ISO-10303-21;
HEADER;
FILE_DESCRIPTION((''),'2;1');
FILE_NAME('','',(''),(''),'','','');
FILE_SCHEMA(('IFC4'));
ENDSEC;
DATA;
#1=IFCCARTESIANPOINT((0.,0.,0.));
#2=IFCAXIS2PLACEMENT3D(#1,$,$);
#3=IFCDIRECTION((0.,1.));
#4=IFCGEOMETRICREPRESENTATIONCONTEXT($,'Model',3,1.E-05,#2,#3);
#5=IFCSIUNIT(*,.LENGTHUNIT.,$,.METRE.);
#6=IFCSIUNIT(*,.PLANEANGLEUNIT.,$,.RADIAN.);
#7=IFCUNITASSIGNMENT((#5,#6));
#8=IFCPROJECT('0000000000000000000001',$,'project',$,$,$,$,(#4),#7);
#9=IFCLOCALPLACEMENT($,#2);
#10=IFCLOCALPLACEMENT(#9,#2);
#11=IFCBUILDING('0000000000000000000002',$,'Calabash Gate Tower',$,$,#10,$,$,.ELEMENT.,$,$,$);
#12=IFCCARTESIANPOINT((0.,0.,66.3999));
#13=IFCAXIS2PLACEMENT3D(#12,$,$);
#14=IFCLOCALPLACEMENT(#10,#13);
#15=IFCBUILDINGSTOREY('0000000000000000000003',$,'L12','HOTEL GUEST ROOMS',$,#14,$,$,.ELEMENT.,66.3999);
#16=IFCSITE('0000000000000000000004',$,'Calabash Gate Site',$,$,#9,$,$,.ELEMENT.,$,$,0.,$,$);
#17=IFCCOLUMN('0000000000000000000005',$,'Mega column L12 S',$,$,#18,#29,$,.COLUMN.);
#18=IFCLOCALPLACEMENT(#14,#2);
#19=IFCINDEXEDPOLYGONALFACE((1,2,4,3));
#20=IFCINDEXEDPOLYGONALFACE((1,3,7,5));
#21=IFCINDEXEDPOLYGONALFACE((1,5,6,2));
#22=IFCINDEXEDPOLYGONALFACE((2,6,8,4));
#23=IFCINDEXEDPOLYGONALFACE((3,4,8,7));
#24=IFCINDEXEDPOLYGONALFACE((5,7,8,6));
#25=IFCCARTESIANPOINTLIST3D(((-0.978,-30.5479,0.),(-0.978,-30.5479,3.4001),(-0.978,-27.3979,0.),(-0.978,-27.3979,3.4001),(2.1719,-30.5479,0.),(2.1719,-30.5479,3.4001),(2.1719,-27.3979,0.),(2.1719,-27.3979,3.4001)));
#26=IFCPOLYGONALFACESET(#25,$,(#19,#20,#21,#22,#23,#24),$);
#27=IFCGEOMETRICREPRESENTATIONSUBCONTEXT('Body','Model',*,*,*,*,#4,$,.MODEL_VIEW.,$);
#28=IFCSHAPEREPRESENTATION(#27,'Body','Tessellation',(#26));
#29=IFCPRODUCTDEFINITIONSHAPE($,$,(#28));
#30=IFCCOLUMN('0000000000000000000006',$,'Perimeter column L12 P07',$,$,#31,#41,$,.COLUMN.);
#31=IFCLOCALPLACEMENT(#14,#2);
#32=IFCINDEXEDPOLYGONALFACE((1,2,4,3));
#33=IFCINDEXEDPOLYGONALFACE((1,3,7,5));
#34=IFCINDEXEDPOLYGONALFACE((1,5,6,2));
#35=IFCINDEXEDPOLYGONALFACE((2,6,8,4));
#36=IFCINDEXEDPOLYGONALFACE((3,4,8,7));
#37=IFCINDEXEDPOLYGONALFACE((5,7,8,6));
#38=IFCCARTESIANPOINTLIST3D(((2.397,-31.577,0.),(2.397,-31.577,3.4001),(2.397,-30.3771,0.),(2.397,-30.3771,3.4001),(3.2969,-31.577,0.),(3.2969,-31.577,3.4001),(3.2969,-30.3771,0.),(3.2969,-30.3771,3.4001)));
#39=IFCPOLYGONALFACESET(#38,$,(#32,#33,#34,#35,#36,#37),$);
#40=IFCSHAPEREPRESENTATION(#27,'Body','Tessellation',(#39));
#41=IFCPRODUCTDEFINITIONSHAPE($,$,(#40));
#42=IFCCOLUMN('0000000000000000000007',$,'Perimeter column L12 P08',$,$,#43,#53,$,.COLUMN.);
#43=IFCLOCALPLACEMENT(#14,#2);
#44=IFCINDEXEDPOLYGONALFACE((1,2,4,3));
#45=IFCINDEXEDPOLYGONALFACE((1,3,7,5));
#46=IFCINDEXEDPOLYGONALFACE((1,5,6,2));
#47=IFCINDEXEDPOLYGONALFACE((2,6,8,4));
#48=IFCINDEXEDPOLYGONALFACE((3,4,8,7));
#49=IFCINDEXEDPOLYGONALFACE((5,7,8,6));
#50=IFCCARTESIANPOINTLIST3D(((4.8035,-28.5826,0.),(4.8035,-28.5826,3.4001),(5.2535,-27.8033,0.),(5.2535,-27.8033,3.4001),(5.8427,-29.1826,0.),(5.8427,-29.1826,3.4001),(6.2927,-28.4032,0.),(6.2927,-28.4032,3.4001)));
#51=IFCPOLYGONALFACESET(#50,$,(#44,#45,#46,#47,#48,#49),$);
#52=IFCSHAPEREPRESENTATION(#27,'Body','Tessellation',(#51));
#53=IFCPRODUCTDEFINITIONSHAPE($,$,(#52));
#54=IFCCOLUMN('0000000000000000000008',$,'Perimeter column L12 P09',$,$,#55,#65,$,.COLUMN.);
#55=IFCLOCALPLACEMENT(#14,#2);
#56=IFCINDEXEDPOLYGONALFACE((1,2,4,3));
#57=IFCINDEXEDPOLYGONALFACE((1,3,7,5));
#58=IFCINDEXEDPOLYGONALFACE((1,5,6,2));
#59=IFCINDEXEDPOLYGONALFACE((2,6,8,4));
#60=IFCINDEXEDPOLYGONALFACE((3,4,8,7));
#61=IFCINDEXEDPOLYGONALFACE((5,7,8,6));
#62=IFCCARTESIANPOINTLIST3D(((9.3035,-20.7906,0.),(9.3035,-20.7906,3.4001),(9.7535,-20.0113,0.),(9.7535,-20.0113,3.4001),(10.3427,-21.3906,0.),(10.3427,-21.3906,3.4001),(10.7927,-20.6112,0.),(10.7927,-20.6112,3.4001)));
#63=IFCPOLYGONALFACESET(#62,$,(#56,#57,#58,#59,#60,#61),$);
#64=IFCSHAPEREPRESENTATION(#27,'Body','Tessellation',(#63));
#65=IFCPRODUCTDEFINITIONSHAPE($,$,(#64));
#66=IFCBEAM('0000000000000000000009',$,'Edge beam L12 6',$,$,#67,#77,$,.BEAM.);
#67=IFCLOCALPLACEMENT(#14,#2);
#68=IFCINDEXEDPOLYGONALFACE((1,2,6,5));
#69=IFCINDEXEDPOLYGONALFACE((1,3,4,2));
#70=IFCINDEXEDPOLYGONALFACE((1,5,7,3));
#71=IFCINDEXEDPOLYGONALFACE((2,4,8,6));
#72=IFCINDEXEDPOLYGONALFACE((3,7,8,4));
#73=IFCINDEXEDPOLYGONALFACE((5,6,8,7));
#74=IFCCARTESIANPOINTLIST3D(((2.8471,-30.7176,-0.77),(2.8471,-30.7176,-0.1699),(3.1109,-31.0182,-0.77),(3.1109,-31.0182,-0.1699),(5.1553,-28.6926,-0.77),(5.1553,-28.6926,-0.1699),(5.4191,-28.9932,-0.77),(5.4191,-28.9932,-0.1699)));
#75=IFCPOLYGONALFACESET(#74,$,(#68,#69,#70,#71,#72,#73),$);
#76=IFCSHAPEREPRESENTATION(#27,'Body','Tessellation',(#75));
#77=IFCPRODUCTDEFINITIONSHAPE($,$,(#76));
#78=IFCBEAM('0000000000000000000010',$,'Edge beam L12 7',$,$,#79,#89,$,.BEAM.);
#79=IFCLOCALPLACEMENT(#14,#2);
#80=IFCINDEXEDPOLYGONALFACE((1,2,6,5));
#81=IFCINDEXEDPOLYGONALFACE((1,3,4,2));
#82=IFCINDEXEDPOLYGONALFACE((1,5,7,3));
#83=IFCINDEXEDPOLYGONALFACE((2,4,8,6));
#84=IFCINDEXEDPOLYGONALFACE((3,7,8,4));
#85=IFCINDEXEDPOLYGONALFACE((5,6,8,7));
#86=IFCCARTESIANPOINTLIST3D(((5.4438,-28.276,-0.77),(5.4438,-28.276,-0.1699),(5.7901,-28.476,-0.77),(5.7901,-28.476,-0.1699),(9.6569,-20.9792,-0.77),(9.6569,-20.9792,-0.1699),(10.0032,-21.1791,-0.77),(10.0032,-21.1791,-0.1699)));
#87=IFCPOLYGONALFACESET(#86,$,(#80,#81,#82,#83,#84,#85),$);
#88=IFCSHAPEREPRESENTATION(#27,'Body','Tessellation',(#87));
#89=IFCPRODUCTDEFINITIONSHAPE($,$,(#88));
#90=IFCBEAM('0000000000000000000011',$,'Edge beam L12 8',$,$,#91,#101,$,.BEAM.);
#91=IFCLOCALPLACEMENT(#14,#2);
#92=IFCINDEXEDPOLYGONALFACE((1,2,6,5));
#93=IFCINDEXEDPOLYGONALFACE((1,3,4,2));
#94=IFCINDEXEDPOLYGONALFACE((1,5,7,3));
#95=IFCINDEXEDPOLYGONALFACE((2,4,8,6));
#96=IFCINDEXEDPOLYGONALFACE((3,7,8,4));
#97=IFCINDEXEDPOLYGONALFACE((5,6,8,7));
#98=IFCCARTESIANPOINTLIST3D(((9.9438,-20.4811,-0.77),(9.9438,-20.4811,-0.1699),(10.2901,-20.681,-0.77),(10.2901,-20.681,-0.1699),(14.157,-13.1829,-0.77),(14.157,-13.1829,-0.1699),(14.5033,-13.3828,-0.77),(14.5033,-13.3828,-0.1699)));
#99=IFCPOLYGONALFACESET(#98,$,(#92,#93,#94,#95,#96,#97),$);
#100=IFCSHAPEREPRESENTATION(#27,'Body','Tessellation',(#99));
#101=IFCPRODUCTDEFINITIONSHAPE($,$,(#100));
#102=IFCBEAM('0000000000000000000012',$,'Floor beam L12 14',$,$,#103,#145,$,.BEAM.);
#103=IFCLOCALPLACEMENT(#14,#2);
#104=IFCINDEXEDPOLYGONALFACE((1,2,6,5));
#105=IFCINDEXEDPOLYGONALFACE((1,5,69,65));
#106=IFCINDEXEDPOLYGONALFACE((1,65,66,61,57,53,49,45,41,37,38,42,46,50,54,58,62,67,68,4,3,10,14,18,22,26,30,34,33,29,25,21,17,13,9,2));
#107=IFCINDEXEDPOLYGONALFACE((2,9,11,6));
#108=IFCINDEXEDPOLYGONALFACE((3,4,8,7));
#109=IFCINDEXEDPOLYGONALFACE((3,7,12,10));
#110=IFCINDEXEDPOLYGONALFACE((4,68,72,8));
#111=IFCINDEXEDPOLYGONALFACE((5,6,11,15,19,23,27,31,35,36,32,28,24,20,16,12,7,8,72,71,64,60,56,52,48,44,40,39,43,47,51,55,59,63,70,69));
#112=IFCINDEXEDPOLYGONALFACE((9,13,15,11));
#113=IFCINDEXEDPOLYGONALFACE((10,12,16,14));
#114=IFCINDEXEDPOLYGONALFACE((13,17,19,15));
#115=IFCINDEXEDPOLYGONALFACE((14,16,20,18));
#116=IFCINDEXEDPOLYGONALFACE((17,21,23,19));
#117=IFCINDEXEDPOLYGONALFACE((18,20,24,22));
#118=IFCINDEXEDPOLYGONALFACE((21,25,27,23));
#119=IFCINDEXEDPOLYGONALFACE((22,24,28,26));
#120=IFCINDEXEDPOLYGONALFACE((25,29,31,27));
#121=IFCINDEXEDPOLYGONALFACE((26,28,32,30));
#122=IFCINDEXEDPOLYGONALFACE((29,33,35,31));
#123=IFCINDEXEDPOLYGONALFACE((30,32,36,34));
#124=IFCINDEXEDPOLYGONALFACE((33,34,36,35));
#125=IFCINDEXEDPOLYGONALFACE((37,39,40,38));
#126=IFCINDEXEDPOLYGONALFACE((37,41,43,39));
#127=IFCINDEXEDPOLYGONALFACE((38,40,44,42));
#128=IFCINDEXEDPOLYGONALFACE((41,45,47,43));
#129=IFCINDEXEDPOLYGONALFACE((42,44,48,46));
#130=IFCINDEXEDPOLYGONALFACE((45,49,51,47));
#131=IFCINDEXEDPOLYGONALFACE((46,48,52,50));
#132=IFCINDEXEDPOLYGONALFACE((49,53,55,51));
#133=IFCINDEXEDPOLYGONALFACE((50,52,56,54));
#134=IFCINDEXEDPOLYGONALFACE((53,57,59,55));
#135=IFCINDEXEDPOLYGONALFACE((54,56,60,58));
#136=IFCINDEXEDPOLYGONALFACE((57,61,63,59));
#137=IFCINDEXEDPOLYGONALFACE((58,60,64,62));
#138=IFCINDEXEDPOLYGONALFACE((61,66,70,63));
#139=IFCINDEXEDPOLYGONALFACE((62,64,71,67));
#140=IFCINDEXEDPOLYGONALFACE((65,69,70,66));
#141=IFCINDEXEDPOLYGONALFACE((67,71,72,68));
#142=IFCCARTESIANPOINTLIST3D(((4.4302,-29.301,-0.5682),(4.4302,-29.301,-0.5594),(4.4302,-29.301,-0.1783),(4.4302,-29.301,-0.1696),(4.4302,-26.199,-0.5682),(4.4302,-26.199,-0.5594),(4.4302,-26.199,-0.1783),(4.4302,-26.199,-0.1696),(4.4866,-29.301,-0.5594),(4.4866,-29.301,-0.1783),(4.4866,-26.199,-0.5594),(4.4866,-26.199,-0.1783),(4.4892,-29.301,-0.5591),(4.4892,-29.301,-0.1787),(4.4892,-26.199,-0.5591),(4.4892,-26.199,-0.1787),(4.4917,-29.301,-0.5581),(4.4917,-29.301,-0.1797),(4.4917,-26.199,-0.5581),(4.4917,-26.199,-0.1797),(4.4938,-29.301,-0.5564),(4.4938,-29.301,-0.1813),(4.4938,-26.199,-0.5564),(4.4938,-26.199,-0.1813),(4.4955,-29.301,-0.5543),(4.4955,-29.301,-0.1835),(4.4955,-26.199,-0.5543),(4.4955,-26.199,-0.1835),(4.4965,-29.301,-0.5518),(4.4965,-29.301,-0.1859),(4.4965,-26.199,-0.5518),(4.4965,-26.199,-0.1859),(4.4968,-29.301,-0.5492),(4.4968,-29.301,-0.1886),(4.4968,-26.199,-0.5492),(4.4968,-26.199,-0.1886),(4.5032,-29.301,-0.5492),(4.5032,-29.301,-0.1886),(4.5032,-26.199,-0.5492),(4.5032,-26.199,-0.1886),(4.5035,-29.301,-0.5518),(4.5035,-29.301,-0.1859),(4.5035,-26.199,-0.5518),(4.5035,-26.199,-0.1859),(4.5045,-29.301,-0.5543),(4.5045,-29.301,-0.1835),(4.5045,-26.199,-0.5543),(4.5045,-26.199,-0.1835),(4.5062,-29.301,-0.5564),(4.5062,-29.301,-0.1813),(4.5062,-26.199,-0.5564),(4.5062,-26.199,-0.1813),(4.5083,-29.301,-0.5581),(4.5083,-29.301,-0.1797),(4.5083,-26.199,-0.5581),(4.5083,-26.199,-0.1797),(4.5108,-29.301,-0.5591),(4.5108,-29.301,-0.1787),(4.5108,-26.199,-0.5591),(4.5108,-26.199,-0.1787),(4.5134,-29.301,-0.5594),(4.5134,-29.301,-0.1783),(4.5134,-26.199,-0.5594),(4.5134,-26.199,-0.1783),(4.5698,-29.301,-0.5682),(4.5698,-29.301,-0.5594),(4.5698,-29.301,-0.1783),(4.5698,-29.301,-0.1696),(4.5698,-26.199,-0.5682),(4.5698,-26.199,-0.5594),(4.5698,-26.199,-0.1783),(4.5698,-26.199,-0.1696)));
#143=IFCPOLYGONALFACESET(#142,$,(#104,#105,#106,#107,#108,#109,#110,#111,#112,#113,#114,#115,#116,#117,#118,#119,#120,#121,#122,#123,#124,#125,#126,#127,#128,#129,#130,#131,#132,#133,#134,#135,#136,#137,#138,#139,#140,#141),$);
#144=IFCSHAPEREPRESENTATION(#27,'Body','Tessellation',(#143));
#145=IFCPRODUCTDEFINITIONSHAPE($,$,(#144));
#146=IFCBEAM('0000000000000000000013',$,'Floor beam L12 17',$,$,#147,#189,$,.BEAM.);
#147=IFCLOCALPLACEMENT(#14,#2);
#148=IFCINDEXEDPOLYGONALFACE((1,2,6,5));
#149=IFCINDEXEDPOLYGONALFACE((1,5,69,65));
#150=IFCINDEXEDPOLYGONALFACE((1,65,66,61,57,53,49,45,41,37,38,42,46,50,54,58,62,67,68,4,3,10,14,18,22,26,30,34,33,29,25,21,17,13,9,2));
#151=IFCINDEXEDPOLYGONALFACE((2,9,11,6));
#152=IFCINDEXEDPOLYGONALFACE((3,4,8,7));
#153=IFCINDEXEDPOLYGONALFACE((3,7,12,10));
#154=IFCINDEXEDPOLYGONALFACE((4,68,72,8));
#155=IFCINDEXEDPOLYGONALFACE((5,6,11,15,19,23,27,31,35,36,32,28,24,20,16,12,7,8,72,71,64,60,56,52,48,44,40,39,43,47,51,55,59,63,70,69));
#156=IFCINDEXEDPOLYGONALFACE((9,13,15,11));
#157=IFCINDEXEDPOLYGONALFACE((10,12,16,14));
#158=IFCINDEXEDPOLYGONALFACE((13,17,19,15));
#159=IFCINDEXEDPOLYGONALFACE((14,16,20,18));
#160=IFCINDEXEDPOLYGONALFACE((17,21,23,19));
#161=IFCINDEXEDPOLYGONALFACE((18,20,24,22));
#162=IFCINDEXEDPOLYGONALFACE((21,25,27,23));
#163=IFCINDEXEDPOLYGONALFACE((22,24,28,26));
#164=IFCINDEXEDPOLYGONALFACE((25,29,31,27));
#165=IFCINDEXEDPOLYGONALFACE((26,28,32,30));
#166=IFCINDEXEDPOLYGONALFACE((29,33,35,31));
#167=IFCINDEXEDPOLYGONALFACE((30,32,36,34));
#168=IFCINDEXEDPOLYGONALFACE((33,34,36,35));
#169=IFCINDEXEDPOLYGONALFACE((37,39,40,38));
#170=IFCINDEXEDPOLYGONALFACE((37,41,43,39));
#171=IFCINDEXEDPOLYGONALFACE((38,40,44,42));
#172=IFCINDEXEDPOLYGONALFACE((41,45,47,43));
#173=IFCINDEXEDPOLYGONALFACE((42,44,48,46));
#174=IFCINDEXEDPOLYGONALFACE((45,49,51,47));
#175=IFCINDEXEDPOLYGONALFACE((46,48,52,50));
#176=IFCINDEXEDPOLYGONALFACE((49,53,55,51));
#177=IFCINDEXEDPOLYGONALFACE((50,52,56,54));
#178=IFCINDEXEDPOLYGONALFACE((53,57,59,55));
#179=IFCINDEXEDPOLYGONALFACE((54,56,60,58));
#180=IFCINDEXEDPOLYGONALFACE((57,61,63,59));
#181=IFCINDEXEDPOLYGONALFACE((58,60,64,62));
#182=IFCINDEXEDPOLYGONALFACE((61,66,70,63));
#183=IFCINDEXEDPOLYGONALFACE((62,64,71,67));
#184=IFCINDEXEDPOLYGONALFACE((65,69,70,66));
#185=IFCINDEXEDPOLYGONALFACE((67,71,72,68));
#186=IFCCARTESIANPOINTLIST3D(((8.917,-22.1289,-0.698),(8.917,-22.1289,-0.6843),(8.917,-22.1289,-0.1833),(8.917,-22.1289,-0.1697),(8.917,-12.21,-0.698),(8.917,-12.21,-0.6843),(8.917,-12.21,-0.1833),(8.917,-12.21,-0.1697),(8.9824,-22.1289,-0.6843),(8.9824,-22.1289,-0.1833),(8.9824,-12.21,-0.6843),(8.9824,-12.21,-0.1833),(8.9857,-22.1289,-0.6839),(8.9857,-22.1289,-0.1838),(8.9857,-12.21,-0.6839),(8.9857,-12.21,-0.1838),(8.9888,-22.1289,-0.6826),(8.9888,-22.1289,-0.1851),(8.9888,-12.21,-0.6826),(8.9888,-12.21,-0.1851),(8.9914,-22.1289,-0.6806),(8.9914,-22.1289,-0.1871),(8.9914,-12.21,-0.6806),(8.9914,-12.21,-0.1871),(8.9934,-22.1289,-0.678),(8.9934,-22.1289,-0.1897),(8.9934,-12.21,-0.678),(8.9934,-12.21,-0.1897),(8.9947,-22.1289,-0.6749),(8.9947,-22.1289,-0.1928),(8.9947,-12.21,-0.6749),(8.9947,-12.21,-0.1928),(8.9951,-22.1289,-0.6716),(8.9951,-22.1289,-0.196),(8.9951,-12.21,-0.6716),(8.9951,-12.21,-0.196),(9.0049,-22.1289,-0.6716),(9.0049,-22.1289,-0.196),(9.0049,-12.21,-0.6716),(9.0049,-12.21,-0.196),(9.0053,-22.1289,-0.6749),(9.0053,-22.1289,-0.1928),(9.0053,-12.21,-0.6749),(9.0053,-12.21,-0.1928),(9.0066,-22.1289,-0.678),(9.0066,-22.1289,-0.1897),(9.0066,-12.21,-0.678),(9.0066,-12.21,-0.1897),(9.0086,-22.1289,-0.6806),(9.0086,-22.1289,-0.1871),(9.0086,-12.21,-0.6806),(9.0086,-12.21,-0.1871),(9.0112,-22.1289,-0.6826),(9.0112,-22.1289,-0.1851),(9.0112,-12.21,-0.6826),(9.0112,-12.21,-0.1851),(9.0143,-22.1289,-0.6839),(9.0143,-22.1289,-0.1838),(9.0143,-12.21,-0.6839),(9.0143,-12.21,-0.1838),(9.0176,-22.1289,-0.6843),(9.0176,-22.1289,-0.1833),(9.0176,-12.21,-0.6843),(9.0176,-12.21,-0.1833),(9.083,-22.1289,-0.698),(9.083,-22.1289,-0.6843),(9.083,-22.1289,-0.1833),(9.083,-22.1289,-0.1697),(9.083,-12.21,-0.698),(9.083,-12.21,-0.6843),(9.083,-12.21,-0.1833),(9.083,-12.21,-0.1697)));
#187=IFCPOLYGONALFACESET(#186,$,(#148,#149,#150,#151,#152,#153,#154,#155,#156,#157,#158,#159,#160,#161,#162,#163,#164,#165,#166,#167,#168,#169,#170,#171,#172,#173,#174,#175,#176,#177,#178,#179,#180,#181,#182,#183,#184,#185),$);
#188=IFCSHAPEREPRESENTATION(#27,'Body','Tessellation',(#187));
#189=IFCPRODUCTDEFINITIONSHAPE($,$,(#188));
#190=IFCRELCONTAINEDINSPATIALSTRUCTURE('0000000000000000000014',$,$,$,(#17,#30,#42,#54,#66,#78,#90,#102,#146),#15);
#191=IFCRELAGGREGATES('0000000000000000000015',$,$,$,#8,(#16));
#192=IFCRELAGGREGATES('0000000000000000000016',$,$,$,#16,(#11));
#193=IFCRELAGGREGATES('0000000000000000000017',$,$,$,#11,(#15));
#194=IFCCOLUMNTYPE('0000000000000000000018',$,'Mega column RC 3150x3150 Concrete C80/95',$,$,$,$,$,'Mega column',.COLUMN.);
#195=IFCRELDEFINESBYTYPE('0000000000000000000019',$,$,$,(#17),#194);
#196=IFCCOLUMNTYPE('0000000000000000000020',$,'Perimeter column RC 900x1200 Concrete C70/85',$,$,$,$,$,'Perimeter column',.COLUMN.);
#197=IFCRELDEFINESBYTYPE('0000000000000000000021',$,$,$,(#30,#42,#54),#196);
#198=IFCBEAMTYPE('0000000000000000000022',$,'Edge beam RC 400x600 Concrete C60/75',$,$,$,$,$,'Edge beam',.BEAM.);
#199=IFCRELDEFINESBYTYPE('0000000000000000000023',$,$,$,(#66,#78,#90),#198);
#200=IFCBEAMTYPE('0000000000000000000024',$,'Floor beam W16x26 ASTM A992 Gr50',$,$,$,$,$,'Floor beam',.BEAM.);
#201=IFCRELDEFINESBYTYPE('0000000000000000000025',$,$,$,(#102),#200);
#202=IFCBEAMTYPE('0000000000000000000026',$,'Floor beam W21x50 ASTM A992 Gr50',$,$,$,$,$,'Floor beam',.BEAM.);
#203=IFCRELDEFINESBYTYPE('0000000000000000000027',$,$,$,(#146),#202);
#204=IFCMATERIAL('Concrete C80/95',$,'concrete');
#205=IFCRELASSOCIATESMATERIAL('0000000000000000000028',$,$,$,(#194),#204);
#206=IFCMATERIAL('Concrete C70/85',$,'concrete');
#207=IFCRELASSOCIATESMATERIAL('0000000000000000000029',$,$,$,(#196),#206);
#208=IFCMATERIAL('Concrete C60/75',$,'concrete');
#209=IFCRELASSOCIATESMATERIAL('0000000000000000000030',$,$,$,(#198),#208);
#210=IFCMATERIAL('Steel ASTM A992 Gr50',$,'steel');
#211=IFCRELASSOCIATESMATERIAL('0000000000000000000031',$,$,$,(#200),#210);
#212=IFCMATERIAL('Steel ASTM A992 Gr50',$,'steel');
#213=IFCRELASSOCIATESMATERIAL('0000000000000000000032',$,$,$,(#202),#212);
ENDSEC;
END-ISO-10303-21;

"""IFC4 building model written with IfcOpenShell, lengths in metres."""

from ifc_helpers import new_model, si_unit, direction, frame, origin, origin_2d, place, context, subcontext, project, spatial, rectangle, i_section, extrude, material, material_profile, profile_set, type_object, element, save


model = new_model("IFC4")

# Units and contexts
model_context = context("Model", 3, precision=1e-05, world=origin(), true_north=direction((0.0, 1.0)))
body_context = subcontext(model_context, "Body", "Model", "MODEL_VIEW")
ifc_project = project(units=[si_unit("LENGTHUNIT", "METRE"), si_unit("PLANEANGLEUNIT", "RADIAN")], contexts=[model_context])

# Site, building, storey
site_placement = place(None, origin())
site = spatial("IfcSite", under=ifc_project, at=site_placement, Name="Calabash Gate Site", CompositionType="ELEMENT", RefElevation=0.0)
building_placement = place(site_placement, origin())
building = spatial("IfcBuilding", under=site, at=building_placement, Name="Calabash Gate Tower", CompositionType="ELEMENT")
storey_placement = place(building_placement, frame((0.0, 0.0, 66.3999)))
storey = spatial("IfcBuildingStorey", under=building, at=storey_placement, Name="L12", Description="HOTEL GUEST ROOMS", CompositionType="ELEMENT", Elevation=66.3999)

# Columns
ifc_material_1 = material(Name="Concrete C80/95", Category="concrete")
ifc_material_profile_1 = material_profile(ifc_material_1, rectangle(XDim=3.1499, YDim=3.1499, at=origin_2d()))
ifc_profile_set_1 = profile_set([ifc_material_profile_1], Name="Concrete C80/95")
column_type_1 = type_object("IfcColumnType", Name="Mega column RC 3150x3150 Concrete C80/95", ElementType="Mega column", PredefinedType="COLUMN", material=ifc_profile_set_1)
column_placement = place(storey_placement, frame((0.5969, -28.9729, 0.0), z_axis=(0.0, 0.0, 1.0), x_axis=(0.0, 1.0, 0.0)))
element("IfcColumn", 1, at=column_placement, inside=storey, type_object=column_type_1, Name="Mega column L12 S", PredefinedType="COLUMN", context=body_context, shape_type="SweptSolid", body=[
    extrude(rectangle(XDim=3.1499, YDim=3.1499, at=origin_2d()), origin(), (0.0, 0.0, 1.0), 3.4001),
])
ifc_material_2 = material(Name="Concrete C70/85", Category="concrete")
ifc_material_profile_2 = material_profile(ifc_material_2, rectangle(XDim=0.8999, YDim=1.2, at=origin_2d()))
ifc_profile_set_2 = profile_set([ifc_material_profile_2], Name="Concrete C70/85")
column_type_2 = type_object("IfcColumnType", Name="Perimeter column RC 900x1200 Concrete C70/85", ElementType="Perimeter column", PredefinedType="COLUMN", material=ifc_profile_set_2)
for number, where, z_axis, x_axis, name in (
    (2, (2.8469, -30.9771, 0.0), (0.0, 0.0, 1.0), (1.0, 0.0, 0.0), "Perimeter column L12 P07"),
    (3, (5.5481, -28.4929, 0.0), (0.0, 0.0, 1.0), (0.5, 0.866025, 0.0), "Perimeter column L12 P08"),
    (4, (10.0481, -20.7009, 0.0), (0.0, 0.0, 1.0), (0.5, 0.866025, 0.0), "Perimeter column L12 P09"),
):
    element("IfcColumn", number, at=place(storey_placement, frame(where, z_axis=z_axis, x_axis=x_axis)), inside=storey, type_object=column_type_2, Name=name, PredefinedType="COLUMN", context=body_context, shape_type="SweptSolid", body=[
        extrude(rectangle(XDim=0.8999, YDim=1.2, at=origin_2d()), origin(), (0.0, 0.0, 1.0), 3.4001),
    ])

# Beams
ifc_material_3 = material(Name="Concrete C60/75", Category="concrete")
ifc_material_profile_3 = material_profile(ifc_material_3, rectangle(XDim=0.3999, YDim=0.6001, at=origin_2d()))
ifc_profile_set_3 = profile_set([ifc_material_profile_3], Name="Concrete C60/75")
beam_type_1 = type_object("IfcBeamType", Name="Edge beam RC 400x600 Concrete C60/75", ElementType="Edge beam", PredefinedType="BEAM", material=ifc_profile_set_3)
beam_1_placement = place(storey_placement, frame((2.979, -30.8679, -0.47), z_axis=(0.751719, 0.659484, 0.0), x_axis=(-0.659484, 0.751719, 0.0)))
element("IfcBeam", 5, at=beam_1_placement, inside=storey, type_object=beam_type_1, Name="Edge beam L12 6", PredefinedType="BEAM", context=body_context, shape_type="SweptSolid", body=[
    extrude(rectangle(XDim=0.3999, YDim=0.6001, at=origin_2d()), origin(), (0.0, 0.0, 1.0), 3.0706),
])
beam_2_placement = place(storey_placement, frame((5.6169, -28.376, -0.47), z_axis=(0.500025, 0.866011, 0.0), x_axis=(-0.866011, 0.500025, 0.0)))
element("IfcBeam", 6, at=beam_2_placement, inside=storey, type_object=beam_type_1, Name="Edge beam L12 7", PredefinedType="BEAM", context=body_context, shape_type="SweptSolid", body=[
    extrude(rectangle(XDim=0.3999, YDim=0.6001, at=origin_2d()), origin(), (0.0, 0.0, 1.0), 8.4258),
])
beam_3_placement = place(storey_placement, frame((10.1169, -20.5811, -0.47), z_axis=(0.499962, 0.866047, 0.0), x_axis=(-0.866047, 0.499962, 0.0)))
element("IfcBeam", 7, at=beam_3_placement, inside=storey, type_object=beam_type_1, Name="Edge beam L12 8", PredefinedType="BEAM", context=body_context, shape_type="SweptSolid", body=[
    extrude(rectangle(XDim=0.3999, YDim=0.6001, at=origin_2d()), origin(), (0.0, 0.0, 1.0), 8.427),
])
ifc_material_4 = material(Name="Steel ASTM A992 Gr50", Category="steel")
ifc_material_profile_4 = material_profile(ifc_material_4, i_section(OverallWidth=0.1396, OverallDepth=0.3987, WebThickness=0.0063, FlangeThickness=0.0088, FilletRadius=0.0103, at=origin_2d()))
ifc_profile_set_4 = profile_set([ifc_material_profile_4], Name="Steel ASTM A992 Gr50")
beam_type_2 = type_object("IfcBeamType", Name="Floor beam W16x26 ASTM A992 Gr50", ElementType="Floor beam", PredefinedType="BEAM", material=ifc_profile_set_4)
beam_4_placement = place(storey_placement, frame((4.5, -29.301, -0.3689), z_axis=(0.0, 1.0, 0.0), x_axis=(-1.0, 0.0, 0.0)))
element("IfcBeam", 8, at=beam_4_placement, inside=storey, type_object=beam_type_2, Name="Floor beam L12 14", PredefinedType="BEAM", context=body_context, shape_type="SweptSolid", body=[
    extrude(i_section(OverallWidth=0.1396, OverallDepth=0.3987, WebThickness=0.0063, FlangeThickness=0.0088, FilletRadius=0.0103, at=origin_2d()), origin(), (0.0, 0.0, 1.0), 3.1021),
])
ifc_material_5 = material(Name="Steel ASTM A992 Gr50", Category="steel")
ifc_material_profile_5 = material_profile(ifc_material_5, i_section(OverallWidth=0.166, OverallDepth=0.5283, WebThickness=0.0098, FlangeThickness=0.0137, FilletRadius=0.0127, at=origin_2d()))
ifc_profile_set_5 = profile_set([ifc_material_profile_5], Name="Steel ASTM A992 Gr50")
beam_type_3 = type_object("IfcBeamType", Name="Floor beam W21x50 ASTM A992 Gr50", ElementType="Floor beam", PredefinedType="BEAM", material=ifc_profile_set_5)
beam_5_placement = place(storey_placement, frame((9.0, -22.1289, -0.4338), z_axis=(0.0, 1.0, 0.0), x_axis=(-1.0, 0.0, 0.0)))
element("IfcBeam", 9, at=beam_5_placement, inside=storey, type_object=beam_type_3, Name="Floor beam L12 17", PredefinedType="BEAM", context=body_context, shape_type="SweptSolid", body=[
    extrude(i_section(OverallWidth=0.166, OverallDepth=0.5283, WebThickness=0.0098, FlangeThickness=0.0137, FilletRadius=0.0127, at=origin_2d()), origin(), (0.0, 0.0, 1.0), 9.9189),
])

save(model, "model.ifc")
